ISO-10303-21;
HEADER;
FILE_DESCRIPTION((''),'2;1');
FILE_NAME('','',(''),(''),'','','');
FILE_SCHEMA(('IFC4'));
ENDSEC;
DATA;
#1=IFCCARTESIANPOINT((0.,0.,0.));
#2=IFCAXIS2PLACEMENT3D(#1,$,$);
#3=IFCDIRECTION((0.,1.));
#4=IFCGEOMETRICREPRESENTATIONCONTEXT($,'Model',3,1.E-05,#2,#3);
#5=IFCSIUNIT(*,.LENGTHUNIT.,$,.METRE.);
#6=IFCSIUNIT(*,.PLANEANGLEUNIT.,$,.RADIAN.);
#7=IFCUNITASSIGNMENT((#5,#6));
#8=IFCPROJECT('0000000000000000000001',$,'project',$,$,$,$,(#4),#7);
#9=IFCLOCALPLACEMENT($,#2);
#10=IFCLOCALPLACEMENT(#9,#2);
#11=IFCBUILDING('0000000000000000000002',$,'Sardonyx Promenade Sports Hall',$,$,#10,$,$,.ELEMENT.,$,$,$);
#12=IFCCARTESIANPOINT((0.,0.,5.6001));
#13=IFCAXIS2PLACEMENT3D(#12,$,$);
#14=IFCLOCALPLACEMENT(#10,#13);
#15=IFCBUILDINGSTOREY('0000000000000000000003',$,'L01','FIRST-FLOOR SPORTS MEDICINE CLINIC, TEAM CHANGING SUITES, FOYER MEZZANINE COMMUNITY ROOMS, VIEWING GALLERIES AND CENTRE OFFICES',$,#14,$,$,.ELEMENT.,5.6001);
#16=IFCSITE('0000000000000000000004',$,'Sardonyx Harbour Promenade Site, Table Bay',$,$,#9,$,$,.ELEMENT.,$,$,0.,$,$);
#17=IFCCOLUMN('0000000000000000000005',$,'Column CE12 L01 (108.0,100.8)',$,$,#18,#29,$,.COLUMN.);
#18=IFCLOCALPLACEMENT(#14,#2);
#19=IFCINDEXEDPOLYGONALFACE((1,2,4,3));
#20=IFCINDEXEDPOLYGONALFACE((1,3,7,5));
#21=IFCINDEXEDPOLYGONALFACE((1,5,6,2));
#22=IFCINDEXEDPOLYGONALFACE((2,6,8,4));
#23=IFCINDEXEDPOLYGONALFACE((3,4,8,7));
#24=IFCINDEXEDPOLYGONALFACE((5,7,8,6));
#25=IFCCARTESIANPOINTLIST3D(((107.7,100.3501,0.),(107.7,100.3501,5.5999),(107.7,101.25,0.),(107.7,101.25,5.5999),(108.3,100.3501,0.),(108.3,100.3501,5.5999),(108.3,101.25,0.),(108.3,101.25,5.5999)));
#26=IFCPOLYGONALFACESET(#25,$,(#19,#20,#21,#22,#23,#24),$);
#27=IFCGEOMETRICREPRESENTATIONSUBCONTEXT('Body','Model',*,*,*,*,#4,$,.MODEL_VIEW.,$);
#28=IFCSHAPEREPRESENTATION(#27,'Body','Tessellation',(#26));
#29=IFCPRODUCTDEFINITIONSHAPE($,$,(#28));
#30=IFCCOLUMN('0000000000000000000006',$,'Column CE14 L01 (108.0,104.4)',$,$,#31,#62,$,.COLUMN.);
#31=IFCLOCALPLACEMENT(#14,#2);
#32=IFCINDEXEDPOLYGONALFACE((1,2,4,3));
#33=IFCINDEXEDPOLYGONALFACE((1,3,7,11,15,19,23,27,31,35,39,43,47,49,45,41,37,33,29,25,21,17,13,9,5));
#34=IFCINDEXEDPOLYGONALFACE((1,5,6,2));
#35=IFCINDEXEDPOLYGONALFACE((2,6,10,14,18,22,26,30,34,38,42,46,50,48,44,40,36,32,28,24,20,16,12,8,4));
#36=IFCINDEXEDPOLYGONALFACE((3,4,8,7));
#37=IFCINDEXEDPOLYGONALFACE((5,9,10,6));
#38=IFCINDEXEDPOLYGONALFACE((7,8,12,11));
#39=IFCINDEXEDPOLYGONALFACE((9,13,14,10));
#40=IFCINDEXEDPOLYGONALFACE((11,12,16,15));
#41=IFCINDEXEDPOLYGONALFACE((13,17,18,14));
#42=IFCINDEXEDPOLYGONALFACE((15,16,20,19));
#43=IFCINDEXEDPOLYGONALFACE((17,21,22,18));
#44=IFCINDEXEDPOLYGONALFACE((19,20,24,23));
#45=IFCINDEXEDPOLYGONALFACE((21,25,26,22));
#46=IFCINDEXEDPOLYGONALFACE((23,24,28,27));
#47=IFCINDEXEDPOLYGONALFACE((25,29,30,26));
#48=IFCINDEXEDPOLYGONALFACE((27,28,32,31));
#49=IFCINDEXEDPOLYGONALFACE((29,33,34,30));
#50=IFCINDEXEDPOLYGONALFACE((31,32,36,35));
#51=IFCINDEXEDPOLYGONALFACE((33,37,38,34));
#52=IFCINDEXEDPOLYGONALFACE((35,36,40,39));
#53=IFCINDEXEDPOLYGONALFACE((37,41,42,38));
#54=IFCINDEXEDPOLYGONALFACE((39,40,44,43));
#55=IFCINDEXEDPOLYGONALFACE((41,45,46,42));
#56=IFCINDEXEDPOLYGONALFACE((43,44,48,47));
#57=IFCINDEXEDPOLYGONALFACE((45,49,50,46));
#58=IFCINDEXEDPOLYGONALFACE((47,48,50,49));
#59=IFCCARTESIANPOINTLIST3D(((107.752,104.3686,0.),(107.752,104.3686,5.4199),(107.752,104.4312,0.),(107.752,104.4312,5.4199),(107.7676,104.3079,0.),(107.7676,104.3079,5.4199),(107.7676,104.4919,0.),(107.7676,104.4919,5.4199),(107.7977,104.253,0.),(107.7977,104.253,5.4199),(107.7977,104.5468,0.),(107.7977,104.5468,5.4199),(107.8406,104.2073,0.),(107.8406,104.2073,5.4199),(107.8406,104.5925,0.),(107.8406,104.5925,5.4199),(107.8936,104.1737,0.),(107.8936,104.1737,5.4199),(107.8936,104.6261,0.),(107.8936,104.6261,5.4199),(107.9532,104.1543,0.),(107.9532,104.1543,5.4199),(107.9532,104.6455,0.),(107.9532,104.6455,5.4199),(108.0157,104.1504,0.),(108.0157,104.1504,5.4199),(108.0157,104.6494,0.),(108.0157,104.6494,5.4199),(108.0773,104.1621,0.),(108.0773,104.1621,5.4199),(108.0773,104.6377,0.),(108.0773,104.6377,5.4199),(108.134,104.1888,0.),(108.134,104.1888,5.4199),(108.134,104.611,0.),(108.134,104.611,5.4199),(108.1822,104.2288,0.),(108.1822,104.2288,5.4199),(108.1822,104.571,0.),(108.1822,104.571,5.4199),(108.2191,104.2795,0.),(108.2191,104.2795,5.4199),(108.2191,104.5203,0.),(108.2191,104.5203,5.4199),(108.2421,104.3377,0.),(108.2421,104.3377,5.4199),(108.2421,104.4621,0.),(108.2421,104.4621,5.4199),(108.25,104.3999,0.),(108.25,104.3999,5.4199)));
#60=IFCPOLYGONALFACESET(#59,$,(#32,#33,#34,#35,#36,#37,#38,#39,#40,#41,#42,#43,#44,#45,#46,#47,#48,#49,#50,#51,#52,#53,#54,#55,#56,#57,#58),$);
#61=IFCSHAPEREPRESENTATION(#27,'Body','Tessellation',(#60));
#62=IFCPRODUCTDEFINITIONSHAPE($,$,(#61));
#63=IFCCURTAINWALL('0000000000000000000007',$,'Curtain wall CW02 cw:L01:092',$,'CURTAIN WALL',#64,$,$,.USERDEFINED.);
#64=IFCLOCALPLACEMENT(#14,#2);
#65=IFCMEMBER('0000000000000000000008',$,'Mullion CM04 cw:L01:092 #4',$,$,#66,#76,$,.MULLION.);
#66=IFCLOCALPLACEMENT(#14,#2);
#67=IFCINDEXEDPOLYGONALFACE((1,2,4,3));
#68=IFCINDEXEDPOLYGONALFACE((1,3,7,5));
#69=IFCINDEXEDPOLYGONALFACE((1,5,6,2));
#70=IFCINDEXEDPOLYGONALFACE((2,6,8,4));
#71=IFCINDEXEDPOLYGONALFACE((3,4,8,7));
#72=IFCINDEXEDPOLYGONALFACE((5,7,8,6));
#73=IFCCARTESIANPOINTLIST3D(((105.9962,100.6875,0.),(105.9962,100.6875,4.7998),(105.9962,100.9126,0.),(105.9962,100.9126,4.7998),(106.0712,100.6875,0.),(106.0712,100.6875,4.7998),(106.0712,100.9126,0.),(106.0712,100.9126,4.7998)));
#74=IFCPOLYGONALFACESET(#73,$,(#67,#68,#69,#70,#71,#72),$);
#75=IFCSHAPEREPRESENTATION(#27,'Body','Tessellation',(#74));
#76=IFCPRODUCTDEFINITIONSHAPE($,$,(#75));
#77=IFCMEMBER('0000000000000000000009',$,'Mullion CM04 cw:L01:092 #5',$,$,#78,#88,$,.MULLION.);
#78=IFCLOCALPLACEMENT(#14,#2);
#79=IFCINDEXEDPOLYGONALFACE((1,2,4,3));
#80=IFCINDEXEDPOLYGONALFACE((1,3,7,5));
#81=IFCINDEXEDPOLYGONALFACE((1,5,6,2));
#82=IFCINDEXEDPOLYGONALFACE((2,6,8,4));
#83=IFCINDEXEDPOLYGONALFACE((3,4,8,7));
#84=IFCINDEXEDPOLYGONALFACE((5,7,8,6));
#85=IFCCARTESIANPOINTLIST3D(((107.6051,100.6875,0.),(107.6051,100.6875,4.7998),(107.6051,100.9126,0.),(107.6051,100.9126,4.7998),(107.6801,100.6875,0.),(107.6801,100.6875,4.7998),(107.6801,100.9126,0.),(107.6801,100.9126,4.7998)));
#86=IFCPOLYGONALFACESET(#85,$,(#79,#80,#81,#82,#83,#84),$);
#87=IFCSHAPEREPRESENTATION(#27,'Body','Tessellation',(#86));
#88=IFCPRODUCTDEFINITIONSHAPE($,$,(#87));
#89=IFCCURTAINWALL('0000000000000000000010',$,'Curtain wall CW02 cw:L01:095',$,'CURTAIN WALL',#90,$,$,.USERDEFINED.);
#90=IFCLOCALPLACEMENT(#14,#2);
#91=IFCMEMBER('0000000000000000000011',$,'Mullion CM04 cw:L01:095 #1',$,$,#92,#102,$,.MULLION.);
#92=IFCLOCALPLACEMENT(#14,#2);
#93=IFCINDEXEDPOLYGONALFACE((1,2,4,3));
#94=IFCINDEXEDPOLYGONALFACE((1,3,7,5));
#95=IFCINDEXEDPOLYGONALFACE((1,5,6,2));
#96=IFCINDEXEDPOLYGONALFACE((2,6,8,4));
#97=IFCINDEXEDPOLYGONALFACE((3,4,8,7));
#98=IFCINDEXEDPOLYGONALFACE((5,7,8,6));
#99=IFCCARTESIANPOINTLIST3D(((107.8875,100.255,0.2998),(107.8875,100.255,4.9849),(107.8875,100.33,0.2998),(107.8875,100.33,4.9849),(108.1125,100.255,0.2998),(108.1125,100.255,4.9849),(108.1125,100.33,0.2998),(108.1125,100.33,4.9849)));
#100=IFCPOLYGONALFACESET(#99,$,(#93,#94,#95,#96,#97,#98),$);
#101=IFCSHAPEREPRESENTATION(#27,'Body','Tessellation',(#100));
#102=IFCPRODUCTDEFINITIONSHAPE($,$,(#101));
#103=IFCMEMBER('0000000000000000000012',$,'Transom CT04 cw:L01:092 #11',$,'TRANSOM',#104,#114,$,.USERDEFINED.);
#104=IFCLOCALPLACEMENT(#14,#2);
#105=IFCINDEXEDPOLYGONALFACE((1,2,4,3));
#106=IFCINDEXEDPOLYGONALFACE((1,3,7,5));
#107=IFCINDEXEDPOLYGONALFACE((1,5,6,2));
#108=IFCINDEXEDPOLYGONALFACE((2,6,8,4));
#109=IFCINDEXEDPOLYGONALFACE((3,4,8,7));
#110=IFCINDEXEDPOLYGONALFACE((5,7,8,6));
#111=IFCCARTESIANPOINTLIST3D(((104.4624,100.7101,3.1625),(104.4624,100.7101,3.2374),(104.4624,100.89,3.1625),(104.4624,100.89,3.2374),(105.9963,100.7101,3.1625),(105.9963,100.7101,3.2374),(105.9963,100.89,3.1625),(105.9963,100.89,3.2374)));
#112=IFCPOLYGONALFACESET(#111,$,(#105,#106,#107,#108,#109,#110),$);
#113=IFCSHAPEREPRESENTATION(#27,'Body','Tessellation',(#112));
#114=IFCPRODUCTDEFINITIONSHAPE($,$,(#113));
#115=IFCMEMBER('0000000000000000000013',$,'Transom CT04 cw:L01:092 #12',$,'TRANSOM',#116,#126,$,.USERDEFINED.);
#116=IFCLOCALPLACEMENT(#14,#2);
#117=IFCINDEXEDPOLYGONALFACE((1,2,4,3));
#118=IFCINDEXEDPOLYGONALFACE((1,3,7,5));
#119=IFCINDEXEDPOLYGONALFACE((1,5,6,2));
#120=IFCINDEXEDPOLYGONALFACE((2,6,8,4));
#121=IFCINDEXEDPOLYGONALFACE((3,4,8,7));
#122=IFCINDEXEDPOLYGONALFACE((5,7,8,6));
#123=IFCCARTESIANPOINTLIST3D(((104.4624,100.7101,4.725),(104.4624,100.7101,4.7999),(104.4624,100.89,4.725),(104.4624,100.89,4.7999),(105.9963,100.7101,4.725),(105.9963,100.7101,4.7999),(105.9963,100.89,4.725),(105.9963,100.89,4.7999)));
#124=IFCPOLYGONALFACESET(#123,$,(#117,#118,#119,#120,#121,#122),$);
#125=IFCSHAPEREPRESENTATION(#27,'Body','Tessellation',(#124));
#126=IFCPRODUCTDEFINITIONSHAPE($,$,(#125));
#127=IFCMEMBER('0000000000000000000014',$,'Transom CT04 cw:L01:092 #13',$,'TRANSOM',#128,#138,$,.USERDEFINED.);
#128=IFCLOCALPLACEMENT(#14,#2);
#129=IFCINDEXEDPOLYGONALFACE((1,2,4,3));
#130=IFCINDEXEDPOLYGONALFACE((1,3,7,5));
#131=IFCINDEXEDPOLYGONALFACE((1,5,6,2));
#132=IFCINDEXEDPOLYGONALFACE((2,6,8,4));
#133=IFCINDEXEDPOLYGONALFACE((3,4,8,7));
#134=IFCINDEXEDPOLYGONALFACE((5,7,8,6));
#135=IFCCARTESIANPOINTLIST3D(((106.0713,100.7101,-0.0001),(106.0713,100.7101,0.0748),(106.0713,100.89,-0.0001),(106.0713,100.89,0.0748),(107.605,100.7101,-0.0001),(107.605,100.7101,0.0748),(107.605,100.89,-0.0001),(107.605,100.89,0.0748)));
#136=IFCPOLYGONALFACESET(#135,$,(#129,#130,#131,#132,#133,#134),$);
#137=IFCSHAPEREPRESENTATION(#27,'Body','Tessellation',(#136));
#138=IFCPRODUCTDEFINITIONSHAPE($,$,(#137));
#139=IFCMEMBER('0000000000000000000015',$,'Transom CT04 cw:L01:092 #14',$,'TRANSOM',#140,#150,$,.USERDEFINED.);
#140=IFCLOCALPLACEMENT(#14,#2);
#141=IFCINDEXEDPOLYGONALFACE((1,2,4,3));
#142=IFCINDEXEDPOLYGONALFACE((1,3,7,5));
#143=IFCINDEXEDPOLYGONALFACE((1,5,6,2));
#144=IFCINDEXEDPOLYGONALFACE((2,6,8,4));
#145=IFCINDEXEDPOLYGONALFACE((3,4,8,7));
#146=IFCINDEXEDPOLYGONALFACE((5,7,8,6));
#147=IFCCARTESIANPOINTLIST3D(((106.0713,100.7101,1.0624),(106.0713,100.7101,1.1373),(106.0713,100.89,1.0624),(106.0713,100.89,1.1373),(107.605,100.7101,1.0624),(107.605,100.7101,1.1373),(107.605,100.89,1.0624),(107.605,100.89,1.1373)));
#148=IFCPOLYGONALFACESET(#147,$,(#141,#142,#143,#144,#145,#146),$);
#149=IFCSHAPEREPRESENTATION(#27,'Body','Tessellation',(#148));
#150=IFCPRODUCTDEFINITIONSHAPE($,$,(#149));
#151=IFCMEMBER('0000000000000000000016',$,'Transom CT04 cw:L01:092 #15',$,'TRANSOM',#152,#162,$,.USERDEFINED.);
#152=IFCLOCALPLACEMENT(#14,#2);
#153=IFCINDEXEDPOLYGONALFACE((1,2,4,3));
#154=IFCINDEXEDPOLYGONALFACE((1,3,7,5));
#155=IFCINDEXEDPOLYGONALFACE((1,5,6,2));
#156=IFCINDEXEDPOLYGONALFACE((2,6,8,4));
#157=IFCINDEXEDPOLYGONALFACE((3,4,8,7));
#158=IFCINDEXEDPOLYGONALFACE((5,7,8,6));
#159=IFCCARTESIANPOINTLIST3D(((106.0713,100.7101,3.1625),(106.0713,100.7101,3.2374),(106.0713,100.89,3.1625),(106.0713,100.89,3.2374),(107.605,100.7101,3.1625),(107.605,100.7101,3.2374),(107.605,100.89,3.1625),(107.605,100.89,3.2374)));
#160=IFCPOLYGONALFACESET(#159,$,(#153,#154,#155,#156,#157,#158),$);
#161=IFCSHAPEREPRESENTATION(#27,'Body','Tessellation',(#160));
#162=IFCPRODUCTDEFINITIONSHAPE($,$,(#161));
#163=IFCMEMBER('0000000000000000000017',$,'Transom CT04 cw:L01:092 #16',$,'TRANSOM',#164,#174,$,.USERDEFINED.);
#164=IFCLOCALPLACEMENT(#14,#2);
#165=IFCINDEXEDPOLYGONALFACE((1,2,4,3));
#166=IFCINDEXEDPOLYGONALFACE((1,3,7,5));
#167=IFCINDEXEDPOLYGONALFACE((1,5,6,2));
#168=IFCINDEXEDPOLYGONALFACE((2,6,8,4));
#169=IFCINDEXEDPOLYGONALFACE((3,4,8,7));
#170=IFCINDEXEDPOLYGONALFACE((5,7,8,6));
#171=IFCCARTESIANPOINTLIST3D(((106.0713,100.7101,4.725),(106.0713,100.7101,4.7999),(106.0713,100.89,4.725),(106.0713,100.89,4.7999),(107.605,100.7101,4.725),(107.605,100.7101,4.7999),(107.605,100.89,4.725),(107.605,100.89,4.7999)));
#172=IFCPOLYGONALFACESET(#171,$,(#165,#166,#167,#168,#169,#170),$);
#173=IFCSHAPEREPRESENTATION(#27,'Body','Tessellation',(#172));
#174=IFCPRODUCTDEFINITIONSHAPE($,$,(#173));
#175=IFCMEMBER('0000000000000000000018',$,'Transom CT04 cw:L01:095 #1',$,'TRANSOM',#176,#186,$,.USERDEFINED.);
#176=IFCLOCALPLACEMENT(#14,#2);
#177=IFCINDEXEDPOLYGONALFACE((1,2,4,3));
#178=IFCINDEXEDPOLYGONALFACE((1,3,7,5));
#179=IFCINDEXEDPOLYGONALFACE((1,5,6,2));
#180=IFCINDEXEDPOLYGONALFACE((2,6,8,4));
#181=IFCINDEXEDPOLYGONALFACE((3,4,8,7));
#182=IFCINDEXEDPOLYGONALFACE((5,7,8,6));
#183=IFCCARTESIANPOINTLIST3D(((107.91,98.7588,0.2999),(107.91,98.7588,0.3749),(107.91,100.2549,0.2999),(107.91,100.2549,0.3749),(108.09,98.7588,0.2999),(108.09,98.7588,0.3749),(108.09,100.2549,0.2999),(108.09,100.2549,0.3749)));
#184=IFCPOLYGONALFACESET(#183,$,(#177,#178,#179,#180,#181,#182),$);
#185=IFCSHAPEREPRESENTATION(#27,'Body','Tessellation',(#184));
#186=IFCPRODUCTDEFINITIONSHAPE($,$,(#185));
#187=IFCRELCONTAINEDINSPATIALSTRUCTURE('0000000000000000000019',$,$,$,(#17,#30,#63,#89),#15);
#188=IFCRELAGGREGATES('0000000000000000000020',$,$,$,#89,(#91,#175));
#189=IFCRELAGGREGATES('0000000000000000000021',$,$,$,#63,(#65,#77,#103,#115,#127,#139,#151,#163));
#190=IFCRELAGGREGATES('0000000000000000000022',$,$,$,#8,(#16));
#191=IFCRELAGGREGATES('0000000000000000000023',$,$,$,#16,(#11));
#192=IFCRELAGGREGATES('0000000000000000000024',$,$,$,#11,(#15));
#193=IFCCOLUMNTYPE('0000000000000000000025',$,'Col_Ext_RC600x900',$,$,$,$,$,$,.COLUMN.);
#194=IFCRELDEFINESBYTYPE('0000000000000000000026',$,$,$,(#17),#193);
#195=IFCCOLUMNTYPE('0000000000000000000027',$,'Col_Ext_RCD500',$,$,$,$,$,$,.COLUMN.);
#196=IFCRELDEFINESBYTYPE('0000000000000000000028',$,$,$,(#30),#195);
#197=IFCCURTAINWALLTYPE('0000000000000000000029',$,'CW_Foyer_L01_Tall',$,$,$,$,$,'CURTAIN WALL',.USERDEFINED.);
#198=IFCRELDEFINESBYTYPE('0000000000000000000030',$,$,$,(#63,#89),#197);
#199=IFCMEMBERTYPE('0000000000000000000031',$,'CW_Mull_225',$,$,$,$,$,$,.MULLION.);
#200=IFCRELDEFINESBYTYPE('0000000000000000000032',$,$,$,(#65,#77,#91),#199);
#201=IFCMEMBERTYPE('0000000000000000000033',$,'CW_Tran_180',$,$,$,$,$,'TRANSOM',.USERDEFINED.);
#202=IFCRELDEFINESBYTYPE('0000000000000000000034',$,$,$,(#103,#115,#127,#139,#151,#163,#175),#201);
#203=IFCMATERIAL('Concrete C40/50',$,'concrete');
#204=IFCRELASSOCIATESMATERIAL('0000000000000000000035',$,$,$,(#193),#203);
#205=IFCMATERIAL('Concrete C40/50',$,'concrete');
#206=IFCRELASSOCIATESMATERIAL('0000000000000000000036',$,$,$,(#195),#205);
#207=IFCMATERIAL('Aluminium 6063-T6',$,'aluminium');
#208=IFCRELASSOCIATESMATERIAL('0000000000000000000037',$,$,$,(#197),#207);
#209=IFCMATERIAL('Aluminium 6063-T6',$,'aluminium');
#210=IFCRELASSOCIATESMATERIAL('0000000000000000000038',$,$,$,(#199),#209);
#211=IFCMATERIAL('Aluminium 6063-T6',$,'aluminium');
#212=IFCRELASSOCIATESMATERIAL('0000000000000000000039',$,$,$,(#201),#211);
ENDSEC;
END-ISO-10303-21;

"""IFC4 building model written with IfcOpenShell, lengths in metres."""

from ifc_helpers import new_model, si_unit, direction, frame, origin, origin_2d, place, context, subcontext, project, spatial, rectangle, circle, extrude, material, material_profile, profile_set, type_object, element, aggregate, save


model = new_model("IFC4")

# Units and contexts
model_context = context("Model", 3, precision=1e-05, world=origin(), true_north=direction((0.0, 1.0)))
body_context = subcontext(model_context, "Body", "Model", "MODEL_VIEW")
ifc_project = project(units=[si_unit("LENGTHUNIT", "METRE"), si_unit("PLANEANGLEUNIT", "RADIAN")], contexts=[model_context])

# Site, building, storey
site_placement = place(None, origin())
site = spatial("IfcSite", under=ifc_project, at=site_placement, Name="Sardonyx Harbour Promenade Site, Table Bay", CompositionType="ELEMENT", RefElevation=0.0)
building_placement = place(site_placement, origin())
building = spatial("IfcBuilding", under=site, at=building_placement, Name="Sardonyx Promenade Sports Hall", CompositionType="ELEMENT")
storey_placement = place(building_placement, frame((0.0, 0.0, 5.6001)))
storey = spatial("IfcBuildingStorey", under=building, at=storey_placement, Name="L01", Description="FIRST-FLOOR SPORTS MEDICINE CLINIC, TEAM CHANGING SUITES, FOYER MEZZANINE COMMUNITY ROOMS, VIEWING GALLERIES AND CENTRE OFFICES", CompositionType="ELEMENT", Elevation=5.6001)

# Columns
ifc_material_1 = material(Name="Concrete C40/50", Category="concrete")
ifc_material_profile_1 = material_profile(ifc_material_1, rectangle(XDim=0.6001, YDim=0.8999, at=origin_2d()))
ifc_profile_set_1 = profile_set([ifc_material_profile_1], Name="Concrete C40/50")
column_type_1 = type_object("IfcColumnType", Name="Col_Ext_RC600x900", PredefinedType="COLUMN", material=ifc_profile_set_1)
column_1_placement = place(storey_placement, frame((108.0, 100.8, 0.0), z_axis=(0.0, 0.0, 1.0), x_axis=(1.0, 0.0, 0.0)))
element("IfcColumn", 1, at=column_1_placement, inside=storey, type_object=column_type_1, Name="Column CE12 L01 (108.0,100.8)", PredefinedType="COLUMN", context=body_context, shape_type="SweptSolid", body=[
    extrude(rectangle(XDim=0.6001, YDim=0.8999, at=origin_2d()), origin(), (0.0, 0.0, 1.0), 5.5999),
])
ifc_material_2 = material(Name="Concrete C40/50", Category="concrete")
ifc_material_profile_2 = material_profile(ifc_material_2, circle(Radius=0.25, at=origin_2d()))
ifc_profile_set_2 = profile_set([ifc_material_profile_2], Name="Concrete C40/50")
column_type_2 = type_object("IfcColumnType", Name="Col_Ext_RCD500", PredefinedType="COLUMN", material=ifc_profile_set_2)
column_2_placement = place(storey_placement, frame((108.0, 104.3999, 0.0), z_axis=(0.0, 0.0, 1.0), x_axis=(1.0, 0.0, 0.0)))
element("IfcColumn", 2, at=column_2_placement, inside=storey, type_object=column_type_2, Name="Column CE14 L01 (108.0,104.4)", PredefinedType="COLUMN", context=body_context, shape_type="SweptSolid", body=[
    extrude(circle(Radius=0.25, at=origin_2d()), origin(), (0.0, 0.0, 1.0), 5.4199),
])

# Curtain wall, members
ifc_material_3 = material(Name="Aluminium 6063-T6", Category="aluminium")
curtain_wall_type = type_object("IfcCurtainWallType", Name="CW_Foyer_L01_Tall", ElementType="CURTAIN WALL", PredefinedType="USERDEFINED", material=ifc_material_3)
curtain_wall_1_placement = place(storey_placement, origin())
curtain_wall_1 = element("IfcCurtainWall", 3, at=curtain_wall_1_placement, inside=storey, type_object=curtain_wall_type, Name="Curtain wall CW02 cw:L01:092", ObjectType="CURTAIN WALL", PredefinedType="USERDEFINED")
ifc_material_4 = material(Name="Aluminium 6063-T6", Category="aluminium")
ifc_material_profile_3 = material_profile(ifc_material_4, rectangle(XDim=0.075, YDim=0.2251, at=origin_2d()))
ifc_profile_set_3 = profile_set([ifc_material_profile_3], Name="Aluminium 6063-T6")
member_type_1 = type_object("IfcMemberType", Name="CW_Mull_225", PredefinedType="MULLION", material=ifc_profile_set_3)
member_1_placement = place(storey_placement, frame((106.0337, 100.8, 0.0), z_axis=(0.0, 0.0, 1.0), x_axis=(1.0, 0.0, 0.0)))
member_1 = element("IfcMember", 4, at=member_1_placement, type_object=member_type_1, Name="Mullion CM04 cw:L01:092 #4", PredefinedType="MULLION", context=body_context, shape_type="SweptSolid", body=[
    extrude(rectangle(XDim=0.075, YDim=0.2251, at=origin_2d()), origin(), (0.0, 0.0, 1.0), 4.7998),
])
member_2_placement = place(storey_placement, frame((107.6426, 100.8, 0.0), z_axis=(0.0, 0.0, 1.0), x_axis=(1.0, 0.0, 0.0)))
member_2 = element("IfcMember", 5, at=member_2_placement, type_object=member_type_1, Name="Mullion CM04 cw:L01:092 #5", PredefinedType="MULLION", context=body_context, shape_type="SweptSolid", body=[
    extrude(rectangle(XDim=0.075, YDim=0.2251, at=origin_2d()), origin(), (0.0, 0.0, 1.0), 4.7998),
])

# Curtain wall, member
curtain_wall_2_placement = place(storey_placement, origin())
curtain_wall_2 = element("IfcCurtainWall", 6, at=curtain_wall_2_placement, inside=storey, type_object=curtain_wall_type, Name="Curtain wall CW02 cw:L01:095", ObjectType="CURTAIN WALL", PredefinedType="USERDEFINED")
member_3_placement = place(storey_placement, frame((108.0, 100.2925, 0.2998), z_axis=(0.0, 0.0, 1.0), x_axis=(0.0, -1.0, 0.0)))
member_3 = element("IfcMember", 7, at=member_3_placement, type_object=member_type_1, Name="Mullion CM04 cw:L01:095 #1", PredefinedType="MULLION", context=body_context, shape_type="SweptSolid", body=[
    extrude(rectangle(XDim=0.075, YDim=0.2251, at=origin_2d()), origin(), (0.0, 0.0, 1.0), 4.6851),
])

# Members
ifc_material_5 = material(Name="Aluminium 6063-T6", Category="aluminium")
ifc_material_profile_4 = material_profile(ifc_material_5, rectangle(XDim=0.075, YDim=0.1799, at=origin_2d()))
ifc_profile_set_4 = profile_set([ifc_material_profile_4], Name="Aluminium 6063-T6")
member_type_2 = type_object("IfcMemberType", Name="CW_Tran_180", ElementType="TRANSOM", PredefinedType="USERDEFINED", material=ifc_profile_set_4)
member_4_placement = place(storey_placement, frame((104.4624, 100.8, 3.2), z_axis=(1.0, 0.0, 0.0), x_axis=(0.0, 0.0, 1.0)))
member_4 = element("IfcMember", 8, at=member_4_placement, type_object=member_type_2, Name="Transom CT04 cw:L01:092 #11", ObjectType="TRANSOM", PredefinedType="USERDEFINED", context=body_context, shape_type="SweptSolid", body=[
    extrude(rectangle(XDim=0.075, YDim=0.1799, at=origin_2d()), origin(), (0.0, 0.0, 1.0), 1.5339),
])
member_5_placement = place(storey_placement, frame((104.4624, 100.8, 4.7625), z_axis=(1.0, 0.0, 0.0), x_axis=(0.0, 0.0, 1.0)))
member_5 = element("IfcMember", 9, at=member_5_placement, type_object=member_type_2, Name="Transom CT04 cw:L01:092 #12", ObjectType="TRANSOM", PredefinedType="USERDEFINED", context=body_context, shape_type="SweptSolid", body=[
    extrude(rectangle(XDim=0.075, YDim=0.1799, at=origin_2d()), origin(), (0.0, 0.0, 1.0), 1.5339),
])
member_6_placement = place(storey_placement, frame((106.0713, 100.8, 0.0374), z_axis=(1.0, 0.0, 0.0), x_axis=(0.0, 0.0, 1.0)))
member_6 = element("IfcMember", 10, at=member_6_placement, type_object=member_type_2, Name="Transom CT04 cw:L01:092 #13", ObjectType="TRANSOM", PredefinedType="USERDEFINED", context=body_context, shape_type="SweptSolid", body=[
    extrude(rectangle(XDim=0.075, YDim=0.1799, at=origin_2d()), origin(), (0.0, 0.0, 1.0), 1.5337),
])
member_7_placement = place(storey_placement, frame((106.0713, 100.8, 1.0999), z_axis=(1.0, 0.0, 0.0), x_axis=(0.0, 0.0, 1.0)))
member_7 = element("IfcMember", 11, at=member_7_placement, type_object=member_type_2, Name="Transom CT04 cw:L01:092 #14", ObjectType="TRANSOM", PredefinedType="USERDEFINED", context=body_context, shape_type="SweptSolid", body=[
    extrude(rectangle(XDim=0.075, YDim=0.1799, at=origin_2d()), origin(), (0.0, 0.0, 1.0), 1.5337),
])
member_8_placement = place(storey_placement, frame((106.0713, 100.8, 3.2), z_axis=(1.0, 0.0, 0.0), x_axis=(0.0, 0.0, 1.0)))
member_8 = element("IfcMember", 12, at=member_8_placement, type_object=member_type_2, Name="Transom CT04 cw:L01:092 #15", ObjectType="TRANSOM", PredefinedType="USERDEFINED", context=body_context, shape_type="SweptSolid", body=[
    extrude(rectangle(XDim=0.075, YDim=0.1799, at=origin_2d()), origin(), (0.0, 0.0, 1.0), 1.5337),
])
member_9_placement = place(storey_placement, frame((106.0713, 100.8, 4.7625), z_axis=(1.0, 0.0, 0.0), x_axis=(0.0, 0.0, 1.0)))
member_9 = element("IfcMember", 13, at=member_9_placement, type_object=member_type_2, Name="Transom CT04 cw:L01:092 #16", ObjectType="TRANSOM", PredefinedType="USERDEFINED", context=body_context, shape_type="SweptSolid", body=[
    extrude(rectangle(XDim=0.075, YDim=0.1799, at=origin_2d()), origin(), (0.0, 0.0, 1.0), 1.5337),
])
member_10_placement = place(storey_placement, frame((108.0, 100.2549, 0.3374), z_axis=(0.0, -1.0, 0.0), x_axis=(0.0, 0.0, 1.0)))
member_10 = element("IfcMember", 14, at=member_10_placement, type_object=member_type_2, Name="Transom CT04 cw:L01:095 #1", ObjectType="TRANSOM", PredefinedType="USERDEFINED", context=body_context, shape_type="SweptSolid", body=[
    extrude(rectangle(XDim=0.075, YDim=0.1799, at=origin_2d()), origin(), (0.0, 0.0, 1.0), 1.4961),
])
aggregate(curtain_wall_2, [member_3, member_10])

aggregate(curtain_wall_1, [member_1, member_2, member_4, member_5, member_6, member_7, member_8, member_9])

save(model, "model.ifc")
